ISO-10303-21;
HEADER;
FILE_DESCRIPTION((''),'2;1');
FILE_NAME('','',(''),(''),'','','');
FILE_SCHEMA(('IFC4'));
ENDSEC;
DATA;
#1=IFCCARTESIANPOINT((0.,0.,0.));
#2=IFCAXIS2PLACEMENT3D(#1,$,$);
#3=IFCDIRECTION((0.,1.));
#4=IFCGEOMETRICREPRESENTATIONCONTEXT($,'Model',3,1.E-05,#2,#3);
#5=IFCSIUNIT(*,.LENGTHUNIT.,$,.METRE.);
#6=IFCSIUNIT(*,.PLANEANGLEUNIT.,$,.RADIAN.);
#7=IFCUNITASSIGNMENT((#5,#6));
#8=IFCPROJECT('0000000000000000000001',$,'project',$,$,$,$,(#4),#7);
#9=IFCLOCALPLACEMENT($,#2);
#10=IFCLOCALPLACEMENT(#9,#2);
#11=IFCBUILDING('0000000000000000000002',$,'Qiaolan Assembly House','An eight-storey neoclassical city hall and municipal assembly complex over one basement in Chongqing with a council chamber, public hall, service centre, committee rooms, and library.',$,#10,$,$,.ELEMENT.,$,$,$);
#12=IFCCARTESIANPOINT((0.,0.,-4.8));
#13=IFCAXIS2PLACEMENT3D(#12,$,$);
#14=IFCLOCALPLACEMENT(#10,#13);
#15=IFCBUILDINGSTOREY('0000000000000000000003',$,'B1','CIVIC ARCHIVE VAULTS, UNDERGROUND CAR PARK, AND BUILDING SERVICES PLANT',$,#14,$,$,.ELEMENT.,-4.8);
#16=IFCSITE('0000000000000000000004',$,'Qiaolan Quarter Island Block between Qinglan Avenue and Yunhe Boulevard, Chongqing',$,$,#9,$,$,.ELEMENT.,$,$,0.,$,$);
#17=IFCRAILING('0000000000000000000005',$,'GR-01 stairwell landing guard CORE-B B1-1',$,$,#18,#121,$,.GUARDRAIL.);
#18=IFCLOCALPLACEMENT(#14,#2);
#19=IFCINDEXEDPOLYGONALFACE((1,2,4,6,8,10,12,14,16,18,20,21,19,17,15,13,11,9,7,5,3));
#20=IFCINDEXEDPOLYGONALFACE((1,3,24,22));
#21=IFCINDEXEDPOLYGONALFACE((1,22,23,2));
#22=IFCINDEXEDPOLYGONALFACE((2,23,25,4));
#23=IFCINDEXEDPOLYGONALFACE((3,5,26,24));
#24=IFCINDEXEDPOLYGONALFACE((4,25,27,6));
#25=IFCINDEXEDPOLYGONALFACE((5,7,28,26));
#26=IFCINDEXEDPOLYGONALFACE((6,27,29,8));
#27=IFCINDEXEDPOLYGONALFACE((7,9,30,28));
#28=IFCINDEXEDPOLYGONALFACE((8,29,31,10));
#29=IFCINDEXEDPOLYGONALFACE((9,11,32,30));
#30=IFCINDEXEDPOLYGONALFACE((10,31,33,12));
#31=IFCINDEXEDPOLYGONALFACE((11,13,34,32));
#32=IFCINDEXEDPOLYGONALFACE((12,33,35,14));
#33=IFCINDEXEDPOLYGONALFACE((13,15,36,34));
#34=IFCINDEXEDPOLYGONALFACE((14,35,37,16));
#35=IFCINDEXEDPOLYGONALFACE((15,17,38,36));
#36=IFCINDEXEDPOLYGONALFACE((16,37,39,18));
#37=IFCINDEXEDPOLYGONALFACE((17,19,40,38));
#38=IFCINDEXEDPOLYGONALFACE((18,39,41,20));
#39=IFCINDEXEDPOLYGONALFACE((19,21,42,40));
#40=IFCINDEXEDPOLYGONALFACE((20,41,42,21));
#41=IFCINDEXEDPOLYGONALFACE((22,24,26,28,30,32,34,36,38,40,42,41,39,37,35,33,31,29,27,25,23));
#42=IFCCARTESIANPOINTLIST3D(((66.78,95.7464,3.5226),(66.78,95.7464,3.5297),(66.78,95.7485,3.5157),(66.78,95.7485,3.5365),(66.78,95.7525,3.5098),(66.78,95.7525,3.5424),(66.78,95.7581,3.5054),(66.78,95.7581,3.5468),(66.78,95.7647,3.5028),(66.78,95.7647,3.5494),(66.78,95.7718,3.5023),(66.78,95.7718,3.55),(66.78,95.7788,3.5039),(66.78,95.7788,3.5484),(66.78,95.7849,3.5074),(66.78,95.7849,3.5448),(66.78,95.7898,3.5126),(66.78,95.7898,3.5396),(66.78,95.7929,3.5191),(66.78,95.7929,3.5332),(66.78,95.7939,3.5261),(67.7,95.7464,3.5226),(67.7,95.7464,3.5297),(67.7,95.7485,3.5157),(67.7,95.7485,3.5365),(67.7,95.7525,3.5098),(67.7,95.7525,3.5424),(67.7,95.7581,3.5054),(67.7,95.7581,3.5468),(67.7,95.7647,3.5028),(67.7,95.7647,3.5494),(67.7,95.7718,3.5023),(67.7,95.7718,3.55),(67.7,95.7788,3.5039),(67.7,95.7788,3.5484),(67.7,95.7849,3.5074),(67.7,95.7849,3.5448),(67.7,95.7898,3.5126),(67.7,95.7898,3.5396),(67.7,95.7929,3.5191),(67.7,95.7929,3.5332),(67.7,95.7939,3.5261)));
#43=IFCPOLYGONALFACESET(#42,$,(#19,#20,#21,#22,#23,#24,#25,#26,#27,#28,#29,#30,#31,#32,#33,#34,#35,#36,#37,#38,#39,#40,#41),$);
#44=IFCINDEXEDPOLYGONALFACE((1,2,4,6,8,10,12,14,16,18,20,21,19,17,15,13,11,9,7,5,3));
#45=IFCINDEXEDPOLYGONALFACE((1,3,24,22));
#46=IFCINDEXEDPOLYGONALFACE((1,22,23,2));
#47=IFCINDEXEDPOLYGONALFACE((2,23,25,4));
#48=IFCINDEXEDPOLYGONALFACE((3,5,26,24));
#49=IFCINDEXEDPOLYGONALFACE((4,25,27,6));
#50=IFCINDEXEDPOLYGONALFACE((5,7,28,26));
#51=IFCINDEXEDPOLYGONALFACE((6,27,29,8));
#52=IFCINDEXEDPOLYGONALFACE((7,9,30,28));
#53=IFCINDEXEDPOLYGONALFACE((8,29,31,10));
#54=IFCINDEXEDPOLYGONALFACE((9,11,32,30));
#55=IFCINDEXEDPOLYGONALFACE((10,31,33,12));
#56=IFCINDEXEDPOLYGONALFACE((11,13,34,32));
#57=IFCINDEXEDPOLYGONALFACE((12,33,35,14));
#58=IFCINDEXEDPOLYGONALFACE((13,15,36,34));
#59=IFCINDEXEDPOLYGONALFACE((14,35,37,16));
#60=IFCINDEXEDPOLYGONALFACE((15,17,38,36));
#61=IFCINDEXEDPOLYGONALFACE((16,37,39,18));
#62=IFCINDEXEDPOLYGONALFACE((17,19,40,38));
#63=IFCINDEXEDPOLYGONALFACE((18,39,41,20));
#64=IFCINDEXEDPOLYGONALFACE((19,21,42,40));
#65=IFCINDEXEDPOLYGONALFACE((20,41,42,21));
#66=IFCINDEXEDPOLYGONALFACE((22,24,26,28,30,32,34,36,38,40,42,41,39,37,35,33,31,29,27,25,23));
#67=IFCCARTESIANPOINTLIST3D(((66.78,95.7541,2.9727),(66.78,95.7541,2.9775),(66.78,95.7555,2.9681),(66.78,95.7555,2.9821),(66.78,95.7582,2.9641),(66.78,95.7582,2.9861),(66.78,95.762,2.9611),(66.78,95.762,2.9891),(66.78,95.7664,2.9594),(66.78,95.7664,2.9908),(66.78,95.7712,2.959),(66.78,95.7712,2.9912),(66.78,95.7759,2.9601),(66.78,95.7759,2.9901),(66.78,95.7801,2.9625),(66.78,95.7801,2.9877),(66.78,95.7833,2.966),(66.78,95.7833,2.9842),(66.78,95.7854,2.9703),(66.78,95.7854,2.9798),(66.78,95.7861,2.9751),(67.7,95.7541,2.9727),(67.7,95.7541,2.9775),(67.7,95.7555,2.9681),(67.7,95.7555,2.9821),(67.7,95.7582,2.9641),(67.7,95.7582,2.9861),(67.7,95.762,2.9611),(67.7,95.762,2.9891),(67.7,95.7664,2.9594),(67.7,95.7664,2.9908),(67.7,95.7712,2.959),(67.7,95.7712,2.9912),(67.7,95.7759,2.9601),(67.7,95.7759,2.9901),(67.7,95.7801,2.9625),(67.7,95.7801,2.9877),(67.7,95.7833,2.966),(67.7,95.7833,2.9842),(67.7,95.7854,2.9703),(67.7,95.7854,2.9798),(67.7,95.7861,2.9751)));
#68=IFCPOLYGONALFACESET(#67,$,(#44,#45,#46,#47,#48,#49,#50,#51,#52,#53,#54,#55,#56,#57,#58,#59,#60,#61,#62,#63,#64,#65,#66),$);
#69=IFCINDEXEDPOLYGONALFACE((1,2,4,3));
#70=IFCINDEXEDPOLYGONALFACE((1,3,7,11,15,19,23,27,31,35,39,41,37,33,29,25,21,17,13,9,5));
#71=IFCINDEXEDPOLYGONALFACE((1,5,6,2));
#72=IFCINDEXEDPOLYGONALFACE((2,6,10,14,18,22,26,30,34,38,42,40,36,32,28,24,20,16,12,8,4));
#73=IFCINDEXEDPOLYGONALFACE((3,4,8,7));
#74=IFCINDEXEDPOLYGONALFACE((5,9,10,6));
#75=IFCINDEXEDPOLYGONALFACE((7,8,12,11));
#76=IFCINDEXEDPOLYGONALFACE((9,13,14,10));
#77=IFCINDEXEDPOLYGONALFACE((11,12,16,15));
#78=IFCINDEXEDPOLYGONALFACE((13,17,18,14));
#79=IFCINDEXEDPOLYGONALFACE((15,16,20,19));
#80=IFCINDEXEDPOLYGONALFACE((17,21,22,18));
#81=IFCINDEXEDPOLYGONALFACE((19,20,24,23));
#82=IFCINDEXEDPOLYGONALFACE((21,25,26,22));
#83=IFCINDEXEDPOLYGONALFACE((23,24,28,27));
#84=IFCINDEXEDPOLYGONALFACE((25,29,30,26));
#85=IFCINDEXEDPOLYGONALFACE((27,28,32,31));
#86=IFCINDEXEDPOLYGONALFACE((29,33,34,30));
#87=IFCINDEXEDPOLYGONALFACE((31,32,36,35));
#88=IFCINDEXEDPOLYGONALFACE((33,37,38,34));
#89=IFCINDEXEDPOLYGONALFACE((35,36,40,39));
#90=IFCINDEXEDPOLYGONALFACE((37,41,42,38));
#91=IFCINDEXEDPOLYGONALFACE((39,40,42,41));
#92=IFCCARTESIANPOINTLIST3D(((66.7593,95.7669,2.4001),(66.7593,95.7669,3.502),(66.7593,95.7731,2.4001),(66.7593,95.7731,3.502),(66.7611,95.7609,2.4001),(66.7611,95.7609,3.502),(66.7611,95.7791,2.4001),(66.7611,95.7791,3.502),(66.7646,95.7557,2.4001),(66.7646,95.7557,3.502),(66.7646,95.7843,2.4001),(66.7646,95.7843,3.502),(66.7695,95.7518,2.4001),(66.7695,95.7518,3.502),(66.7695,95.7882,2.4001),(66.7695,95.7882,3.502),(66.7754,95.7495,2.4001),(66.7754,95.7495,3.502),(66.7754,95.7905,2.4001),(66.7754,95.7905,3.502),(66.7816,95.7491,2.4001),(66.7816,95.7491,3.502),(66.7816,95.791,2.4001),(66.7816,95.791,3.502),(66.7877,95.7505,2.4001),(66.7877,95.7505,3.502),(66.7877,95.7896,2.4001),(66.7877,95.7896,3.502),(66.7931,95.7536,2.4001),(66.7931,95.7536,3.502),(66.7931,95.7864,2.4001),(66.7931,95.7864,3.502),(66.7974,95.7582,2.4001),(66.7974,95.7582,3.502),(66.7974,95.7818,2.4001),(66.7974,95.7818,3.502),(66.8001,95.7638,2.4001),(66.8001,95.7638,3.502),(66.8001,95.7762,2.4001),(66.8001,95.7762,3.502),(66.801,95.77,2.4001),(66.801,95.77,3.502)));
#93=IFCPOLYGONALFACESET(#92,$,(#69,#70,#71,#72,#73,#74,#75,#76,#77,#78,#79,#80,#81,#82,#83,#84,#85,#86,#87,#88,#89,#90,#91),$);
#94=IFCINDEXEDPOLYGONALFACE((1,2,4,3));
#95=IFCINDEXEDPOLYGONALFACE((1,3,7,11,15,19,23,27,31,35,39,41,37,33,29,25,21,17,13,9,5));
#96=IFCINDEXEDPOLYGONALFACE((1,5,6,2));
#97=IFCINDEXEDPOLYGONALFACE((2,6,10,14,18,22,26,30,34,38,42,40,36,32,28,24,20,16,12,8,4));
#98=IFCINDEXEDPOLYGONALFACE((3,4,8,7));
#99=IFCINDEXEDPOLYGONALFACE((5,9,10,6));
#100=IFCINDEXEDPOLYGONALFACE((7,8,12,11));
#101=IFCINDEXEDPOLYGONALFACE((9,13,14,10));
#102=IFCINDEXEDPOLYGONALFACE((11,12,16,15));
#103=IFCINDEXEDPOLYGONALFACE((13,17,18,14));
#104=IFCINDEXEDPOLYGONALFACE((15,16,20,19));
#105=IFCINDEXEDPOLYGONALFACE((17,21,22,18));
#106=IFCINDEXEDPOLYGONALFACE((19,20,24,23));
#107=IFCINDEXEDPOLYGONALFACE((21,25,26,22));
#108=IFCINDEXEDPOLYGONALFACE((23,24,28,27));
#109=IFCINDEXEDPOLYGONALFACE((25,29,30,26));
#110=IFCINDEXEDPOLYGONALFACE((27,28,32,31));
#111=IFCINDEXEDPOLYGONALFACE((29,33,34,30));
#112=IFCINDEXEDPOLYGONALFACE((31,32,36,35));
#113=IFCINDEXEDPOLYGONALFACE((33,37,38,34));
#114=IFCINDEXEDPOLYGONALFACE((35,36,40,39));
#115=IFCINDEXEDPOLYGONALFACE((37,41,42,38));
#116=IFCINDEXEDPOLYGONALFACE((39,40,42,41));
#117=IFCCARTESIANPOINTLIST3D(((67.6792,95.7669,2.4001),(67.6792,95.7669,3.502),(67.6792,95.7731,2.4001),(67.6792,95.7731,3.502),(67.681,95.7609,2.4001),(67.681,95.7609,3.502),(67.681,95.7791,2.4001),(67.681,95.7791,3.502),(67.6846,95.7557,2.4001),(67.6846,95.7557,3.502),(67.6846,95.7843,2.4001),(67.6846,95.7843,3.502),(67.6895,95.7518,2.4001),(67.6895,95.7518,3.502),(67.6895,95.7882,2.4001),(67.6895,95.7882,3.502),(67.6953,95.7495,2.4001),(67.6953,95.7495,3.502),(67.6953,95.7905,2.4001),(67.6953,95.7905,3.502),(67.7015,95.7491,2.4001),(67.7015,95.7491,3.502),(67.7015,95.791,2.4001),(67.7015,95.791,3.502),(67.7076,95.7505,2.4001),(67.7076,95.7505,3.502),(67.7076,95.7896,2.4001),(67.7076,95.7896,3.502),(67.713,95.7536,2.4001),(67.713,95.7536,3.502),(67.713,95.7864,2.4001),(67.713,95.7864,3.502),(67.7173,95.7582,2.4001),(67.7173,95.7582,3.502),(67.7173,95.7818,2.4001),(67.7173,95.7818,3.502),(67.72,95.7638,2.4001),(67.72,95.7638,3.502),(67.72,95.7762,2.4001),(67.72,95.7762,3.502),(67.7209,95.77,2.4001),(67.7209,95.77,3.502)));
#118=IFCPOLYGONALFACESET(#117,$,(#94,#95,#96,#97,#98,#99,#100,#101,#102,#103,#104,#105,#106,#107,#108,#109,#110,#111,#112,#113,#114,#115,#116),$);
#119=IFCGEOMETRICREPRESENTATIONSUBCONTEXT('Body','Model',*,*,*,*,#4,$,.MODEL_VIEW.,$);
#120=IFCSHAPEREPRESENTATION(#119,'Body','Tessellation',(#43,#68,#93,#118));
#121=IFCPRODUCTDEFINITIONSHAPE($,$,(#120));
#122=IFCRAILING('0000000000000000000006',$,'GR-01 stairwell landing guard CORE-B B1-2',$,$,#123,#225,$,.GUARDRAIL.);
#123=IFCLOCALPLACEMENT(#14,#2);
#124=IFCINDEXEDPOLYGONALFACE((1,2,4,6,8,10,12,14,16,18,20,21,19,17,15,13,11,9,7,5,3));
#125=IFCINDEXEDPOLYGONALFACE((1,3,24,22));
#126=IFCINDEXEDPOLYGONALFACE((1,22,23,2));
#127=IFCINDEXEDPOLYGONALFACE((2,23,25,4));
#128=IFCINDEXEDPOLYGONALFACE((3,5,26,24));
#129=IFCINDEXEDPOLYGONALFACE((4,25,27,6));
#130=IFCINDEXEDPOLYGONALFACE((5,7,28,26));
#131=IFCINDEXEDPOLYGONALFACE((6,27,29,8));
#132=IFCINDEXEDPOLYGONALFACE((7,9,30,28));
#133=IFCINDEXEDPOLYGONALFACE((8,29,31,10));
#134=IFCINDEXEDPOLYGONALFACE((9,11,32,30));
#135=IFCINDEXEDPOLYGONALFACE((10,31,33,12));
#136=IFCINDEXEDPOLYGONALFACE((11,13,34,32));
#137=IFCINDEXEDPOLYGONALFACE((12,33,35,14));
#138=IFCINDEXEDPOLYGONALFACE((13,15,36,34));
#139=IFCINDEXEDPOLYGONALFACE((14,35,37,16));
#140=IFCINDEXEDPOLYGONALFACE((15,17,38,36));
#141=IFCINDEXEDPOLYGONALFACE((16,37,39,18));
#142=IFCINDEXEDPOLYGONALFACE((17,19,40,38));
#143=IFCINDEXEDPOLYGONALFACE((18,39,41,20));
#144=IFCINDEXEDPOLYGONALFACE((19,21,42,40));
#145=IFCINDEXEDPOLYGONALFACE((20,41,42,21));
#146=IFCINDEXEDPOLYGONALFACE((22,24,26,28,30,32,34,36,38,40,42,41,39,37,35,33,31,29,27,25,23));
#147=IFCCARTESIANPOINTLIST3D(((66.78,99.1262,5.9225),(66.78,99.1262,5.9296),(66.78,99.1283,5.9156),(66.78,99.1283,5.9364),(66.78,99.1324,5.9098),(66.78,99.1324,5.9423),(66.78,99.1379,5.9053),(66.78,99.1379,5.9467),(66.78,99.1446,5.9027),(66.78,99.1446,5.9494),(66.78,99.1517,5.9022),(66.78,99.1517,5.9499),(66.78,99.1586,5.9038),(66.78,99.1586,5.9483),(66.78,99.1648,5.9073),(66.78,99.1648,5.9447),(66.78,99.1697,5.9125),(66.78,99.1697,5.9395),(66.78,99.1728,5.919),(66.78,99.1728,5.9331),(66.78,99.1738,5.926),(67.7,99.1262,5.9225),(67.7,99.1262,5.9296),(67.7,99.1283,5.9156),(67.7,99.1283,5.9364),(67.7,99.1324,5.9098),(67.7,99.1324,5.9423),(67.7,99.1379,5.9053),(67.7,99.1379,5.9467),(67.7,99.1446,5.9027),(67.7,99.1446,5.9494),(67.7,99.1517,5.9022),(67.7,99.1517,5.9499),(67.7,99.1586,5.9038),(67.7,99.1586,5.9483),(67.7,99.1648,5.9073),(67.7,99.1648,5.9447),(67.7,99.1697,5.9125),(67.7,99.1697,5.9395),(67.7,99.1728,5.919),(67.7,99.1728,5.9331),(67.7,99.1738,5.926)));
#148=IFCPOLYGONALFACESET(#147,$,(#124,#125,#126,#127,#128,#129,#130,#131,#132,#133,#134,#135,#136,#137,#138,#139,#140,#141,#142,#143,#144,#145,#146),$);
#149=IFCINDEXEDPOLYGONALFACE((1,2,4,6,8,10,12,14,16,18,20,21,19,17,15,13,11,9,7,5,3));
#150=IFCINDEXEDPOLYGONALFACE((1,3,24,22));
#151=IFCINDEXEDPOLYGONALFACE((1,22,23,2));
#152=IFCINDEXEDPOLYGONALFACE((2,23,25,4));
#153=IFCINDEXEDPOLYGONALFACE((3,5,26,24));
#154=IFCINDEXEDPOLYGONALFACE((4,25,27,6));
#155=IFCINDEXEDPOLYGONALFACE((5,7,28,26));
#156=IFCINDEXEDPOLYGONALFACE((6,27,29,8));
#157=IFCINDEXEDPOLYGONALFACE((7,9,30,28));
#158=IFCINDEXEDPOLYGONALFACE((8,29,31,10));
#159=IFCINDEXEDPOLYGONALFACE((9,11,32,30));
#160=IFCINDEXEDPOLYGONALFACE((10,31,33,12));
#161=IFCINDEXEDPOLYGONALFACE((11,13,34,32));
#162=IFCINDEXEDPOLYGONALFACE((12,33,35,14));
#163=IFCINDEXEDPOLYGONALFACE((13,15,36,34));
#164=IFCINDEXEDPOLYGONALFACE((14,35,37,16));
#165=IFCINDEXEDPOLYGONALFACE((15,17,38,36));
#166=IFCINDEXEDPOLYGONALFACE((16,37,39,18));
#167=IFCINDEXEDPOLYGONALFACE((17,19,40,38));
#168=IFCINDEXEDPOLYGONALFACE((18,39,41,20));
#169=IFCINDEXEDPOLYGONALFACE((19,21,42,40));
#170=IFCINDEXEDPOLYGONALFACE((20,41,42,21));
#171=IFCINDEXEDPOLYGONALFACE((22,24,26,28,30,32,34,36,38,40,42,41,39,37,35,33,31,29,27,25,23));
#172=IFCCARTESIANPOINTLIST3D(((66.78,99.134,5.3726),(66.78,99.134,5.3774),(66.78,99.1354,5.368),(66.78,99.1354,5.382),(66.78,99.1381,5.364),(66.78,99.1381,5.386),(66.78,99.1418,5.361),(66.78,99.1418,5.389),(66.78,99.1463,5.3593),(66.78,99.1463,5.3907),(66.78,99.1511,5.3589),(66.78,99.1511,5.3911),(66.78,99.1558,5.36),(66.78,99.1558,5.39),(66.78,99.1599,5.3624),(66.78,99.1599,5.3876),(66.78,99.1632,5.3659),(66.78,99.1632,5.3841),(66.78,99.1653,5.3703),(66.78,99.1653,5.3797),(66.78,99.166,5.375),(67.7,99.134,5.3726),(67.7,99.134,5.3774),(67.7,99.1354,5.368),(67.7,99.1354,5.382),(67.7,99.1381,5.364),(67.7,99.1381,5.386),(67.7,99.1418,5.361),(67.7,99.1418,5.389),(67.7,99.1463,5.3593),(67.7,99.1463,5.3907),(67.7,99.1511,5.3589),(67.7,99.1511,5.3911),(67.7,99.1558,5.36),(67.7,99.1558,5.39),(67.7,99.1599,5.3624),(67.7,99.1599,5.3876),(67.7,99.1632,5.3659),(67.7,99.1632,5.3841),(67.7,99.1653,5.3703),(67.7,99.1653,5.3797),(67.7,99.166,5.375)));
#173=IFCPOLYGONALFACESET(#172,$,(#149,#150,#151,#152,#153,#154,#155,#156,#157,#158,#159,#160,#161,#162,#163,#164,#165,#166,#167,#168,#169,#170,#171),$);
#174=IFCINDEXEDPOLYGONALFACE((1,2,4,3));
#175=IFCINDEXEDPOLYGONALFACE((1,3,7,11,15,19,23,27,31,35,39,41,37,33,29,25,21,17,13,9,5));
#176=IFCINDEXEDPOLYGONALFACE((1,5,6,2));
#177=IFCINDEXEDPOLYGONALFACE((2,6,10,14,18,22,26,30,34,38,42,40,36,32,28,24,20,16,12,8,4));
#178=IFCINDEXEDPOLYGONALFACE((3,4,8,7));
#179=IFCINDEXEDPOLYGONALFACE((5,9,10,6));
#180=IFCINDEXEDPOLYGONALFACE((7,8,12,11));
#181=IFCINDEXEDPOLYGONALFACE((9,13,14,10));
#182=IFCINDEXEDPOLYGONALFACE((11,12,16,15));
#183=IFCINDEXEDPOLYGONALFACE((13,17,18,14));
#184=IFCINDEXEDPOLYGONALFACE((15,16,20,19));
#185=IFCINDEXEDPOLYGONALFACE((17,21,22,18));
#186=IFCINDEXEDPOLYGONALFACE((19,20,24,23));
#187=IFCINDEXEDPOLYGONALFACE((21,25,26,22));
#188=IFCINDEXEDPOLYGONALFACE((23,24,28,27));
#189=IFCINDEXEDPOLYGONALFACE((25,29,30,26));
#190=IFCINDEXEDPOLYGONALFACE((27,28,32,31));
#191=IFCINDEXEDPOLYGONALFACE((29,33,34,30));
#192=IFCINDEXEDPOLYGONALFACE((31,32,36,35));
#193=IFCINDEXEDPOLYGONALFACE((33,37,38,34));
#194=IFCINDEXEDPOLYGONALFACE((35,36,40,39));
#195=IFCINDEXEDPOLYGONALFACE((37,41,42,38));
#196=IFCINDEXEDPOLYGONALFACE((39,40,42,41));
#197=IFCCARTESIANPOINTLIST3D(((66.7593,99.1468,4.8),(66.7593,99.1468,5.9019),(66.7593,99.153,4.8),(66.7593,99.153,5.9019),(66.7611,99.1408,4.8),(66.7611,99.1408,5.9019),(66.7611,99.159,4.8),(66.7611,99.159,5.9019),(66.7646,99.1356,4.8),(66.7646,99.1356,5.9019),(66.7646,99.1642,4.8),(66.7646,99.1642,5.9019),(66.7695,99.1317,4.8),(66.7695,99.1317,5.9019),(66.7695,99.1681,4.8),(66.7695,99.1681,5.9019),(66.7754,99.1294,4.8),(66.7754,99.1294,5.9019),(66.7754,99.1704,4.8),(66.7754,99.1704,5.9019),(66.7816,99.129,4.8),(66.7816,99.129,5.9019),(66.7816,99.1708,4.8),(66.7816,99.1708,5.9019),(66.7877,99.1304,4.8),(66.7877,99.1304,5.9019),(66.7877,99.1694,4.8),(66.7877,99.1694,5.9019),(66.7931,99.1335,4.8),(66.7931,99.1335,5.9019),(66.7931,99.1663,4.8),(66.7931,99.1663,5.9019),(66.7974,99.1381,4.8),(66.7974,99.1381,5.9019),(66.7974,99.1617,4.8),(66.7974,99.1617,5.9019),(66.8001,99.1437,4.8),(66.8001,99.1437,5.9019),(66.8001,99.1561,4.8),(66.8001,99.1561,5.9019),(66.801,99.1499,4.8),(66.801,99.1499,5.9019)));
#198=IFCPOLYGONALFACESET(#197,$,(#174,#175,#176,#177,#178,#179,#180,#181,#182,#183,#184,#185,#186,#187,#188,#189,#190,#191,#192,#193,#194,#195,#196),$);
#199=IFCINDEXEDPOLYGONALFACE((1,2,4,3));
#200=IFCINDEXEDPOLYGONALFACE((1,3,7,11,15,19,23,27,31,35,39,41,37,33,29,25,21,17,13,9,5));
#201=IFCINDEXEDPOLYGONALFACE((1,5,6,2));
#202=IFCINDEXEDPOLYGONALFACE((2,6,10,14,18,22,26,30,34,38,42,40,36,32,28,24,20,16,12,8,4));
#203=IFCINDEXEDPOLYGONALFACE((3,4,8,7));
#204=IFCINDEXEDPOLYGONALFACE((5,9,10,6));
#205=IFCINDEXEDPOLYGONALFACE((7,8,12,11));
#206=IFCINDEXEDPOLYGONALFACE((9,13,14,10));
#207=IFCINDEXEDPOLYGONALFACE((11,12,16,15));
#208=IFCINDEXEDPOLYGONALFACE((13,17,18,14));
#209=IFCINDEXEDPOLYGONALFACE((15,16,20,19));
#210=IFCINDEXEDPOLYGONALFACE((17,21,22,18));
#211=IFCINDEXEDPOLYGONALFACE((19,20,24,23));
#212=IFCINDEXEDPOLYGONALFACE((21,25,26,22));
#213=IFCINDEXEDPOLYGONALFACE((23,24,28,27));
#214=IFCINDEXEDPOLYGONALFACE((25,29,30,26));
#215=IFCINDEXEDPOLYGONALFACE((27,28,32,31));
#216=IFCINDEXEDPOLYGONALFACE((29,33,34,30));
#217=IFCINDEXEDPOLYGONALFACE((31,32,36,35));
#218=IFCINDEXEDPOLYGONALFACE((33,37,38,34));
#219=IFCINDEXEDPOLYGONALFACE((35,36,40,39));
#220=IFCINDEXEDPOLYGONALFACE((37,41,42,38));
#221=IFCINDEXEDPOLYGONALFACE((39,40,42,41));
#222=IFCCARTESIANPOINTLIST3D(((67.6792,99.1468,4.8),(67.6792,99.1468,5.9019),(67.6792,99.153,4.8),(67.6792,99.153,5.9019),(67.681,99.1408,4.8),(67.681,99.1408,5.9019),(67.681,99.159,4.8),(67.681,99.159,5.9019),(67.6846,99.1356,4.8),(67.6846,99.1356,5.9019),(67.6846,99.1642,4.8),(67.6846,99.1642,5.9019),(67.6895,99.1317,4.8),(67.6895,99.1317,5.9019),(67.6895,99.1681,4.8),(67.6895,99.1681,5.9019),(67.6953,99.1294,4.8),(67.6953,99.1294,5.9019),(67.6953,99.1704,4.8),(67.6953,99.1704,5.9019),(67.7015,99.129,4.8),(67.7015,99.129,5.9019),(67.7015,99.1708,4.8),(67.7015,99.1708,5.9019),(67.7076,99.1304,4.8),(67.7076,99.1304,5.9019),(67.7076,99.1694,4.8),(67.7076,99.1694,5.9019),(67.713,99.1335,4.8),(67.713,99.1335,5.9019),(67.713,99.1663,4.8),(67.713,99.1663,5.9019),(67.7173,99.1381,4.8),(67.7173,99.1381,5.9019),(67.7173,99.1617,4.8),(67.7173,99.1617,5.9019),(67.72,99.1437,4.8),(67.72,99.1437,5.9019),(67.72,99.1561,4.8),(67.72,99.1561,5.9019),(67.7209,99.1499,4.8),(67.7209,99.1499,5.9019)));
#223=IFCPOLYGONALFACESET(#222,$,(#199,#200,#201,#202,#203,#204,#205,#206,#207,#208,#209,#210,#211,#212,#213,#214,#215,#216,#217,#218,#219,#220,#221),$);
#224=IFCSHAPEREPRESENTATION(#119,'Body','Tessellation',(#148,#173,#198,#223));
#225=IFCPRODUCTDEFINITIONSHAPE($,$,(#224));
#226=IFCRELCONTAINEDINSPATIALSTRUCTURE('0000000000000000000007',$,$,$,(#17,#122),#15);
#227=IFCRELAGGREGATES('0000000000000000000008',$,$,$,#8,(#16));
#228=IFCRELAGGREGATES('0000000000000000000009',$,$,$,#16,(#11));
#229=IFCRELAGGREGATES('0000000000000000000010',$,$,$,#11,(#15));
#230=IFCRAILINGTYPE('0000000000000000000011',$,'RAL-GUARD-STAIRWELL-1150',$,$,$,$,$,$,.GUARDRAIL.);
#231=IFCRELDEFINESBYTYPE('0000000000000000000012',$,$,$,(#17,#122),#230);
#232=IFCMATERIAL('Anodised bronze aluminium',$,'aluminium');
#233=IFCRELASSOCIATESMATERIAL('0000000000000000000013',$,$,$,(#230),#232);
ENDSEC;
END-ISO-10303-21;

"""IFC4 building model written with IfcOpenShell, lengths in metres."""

from ifc_helpers import new_model, si_unit, direction, frame, origin, origin_2d, place, context, subcontext, project, spatial, circle, extrude, material, type_object, element, save


model = new_model("IFC4")

# Units and contexts
model_context = context("Model", 3, precision=1e-05, world=origin(), true_north=direction((0.0, 1.0)))
body_context = subcontext(model_context, "Body", "Model", "MODEL_VIEW")
ifc_project = project(units=[si_unit("LENGTHUNIT", "METRE"), si_unit("PLANEANGLEUNIT", "RADIAN")], contexts=[model_context])

# Site, building, storey
site_placement = place(None, origin())
site = spatial("IfcSite", under=ifc_project, at=site_placement, Name="Qiaolan Quarter Island Block between Qinglan Avenue and Yunhe Boulevard, Chongqing", CompositionType="ELEMENT", RefElevation=0.0)
building_placement = place(site_placement, origin())
building = spatial("IfcBuilding", under=site, at=building_placement, Name="Qiaolan Assembly House", Description="An eight-storey neoclassical city hall and municipal assembly complex over one basement in Chongqing with a council chamber, public hall, service centre, committee rooms, and library.", CompositionType="ELEMENT")
storey_placement = place(building_placement, frame((0.0, 0.0, -4.8)))
storey = spatial("IfcBuildingStorey", under=building, at=storey_placement, Name="B1", Description="CIVIC ARCHIVE VAULTS, UNDERGROUND CAR PARK, AND BUILDING SERVICES PLANT", CompositionType="ELEMENT", Elevation=-4.8)

# Shared definitions
ifc_material_1 = material(Name="Anodised bronze aluminium", Category="aluminium")

# Railings
railing_type_1 = type_object("IfcRailingType", Name="RAL-GUARD-STAIRWELL-1150", PredefinedType="GUARDRAIL", material=ifc_material_1)
for number, where, name in (
    (1, (66.78, 95.77, 2.4001), "GR-01 stairwell landing guard CORE-B B1-1"),
    (2, (66.78, 99.1499, 4.8), "GR-01 stairwell landing guard CORE-B B1-2"),
):
    element("IfcRailing", number, at=place(storey_placement, frame(where)), inside=storey, type_object=railing_type_1, Name=name, PredefinedType="GUARDRAIL", context=body_context, shape_type="SweptSolid", body=[
        extrude(circle(Radius=0.0239, at=origin_2d()), frame((0.0, 0.0, 1.126), z_axis=(1.0, 0.0, 0.0), x_axis=(0.0, 1.0, 0.0)), (0.0, 0.0, 1.0), 0.9199),
        extrude(circle(Radius=0.0161, at=origin_2d()), frame((0.0, 0.0, 0.575), z_axis=(1.0, 0.0, 0.0), x_axis=(0.0, 1.0, 0.0)), (0.0, 0.0, 1.0), 0.9199),
        extrude(circle(Radius=0.021, at=origin_2d()), origin(), (0.0, 0.0, 1.0), 1.1018),
        extrude(circle(Radius=0.021, at=origin_2d()), frame((0.9199, 0.0, 0.0)), (0.0, 0.0, 1.0), 1.1018),
    ])

save(model, "model.ifc")
